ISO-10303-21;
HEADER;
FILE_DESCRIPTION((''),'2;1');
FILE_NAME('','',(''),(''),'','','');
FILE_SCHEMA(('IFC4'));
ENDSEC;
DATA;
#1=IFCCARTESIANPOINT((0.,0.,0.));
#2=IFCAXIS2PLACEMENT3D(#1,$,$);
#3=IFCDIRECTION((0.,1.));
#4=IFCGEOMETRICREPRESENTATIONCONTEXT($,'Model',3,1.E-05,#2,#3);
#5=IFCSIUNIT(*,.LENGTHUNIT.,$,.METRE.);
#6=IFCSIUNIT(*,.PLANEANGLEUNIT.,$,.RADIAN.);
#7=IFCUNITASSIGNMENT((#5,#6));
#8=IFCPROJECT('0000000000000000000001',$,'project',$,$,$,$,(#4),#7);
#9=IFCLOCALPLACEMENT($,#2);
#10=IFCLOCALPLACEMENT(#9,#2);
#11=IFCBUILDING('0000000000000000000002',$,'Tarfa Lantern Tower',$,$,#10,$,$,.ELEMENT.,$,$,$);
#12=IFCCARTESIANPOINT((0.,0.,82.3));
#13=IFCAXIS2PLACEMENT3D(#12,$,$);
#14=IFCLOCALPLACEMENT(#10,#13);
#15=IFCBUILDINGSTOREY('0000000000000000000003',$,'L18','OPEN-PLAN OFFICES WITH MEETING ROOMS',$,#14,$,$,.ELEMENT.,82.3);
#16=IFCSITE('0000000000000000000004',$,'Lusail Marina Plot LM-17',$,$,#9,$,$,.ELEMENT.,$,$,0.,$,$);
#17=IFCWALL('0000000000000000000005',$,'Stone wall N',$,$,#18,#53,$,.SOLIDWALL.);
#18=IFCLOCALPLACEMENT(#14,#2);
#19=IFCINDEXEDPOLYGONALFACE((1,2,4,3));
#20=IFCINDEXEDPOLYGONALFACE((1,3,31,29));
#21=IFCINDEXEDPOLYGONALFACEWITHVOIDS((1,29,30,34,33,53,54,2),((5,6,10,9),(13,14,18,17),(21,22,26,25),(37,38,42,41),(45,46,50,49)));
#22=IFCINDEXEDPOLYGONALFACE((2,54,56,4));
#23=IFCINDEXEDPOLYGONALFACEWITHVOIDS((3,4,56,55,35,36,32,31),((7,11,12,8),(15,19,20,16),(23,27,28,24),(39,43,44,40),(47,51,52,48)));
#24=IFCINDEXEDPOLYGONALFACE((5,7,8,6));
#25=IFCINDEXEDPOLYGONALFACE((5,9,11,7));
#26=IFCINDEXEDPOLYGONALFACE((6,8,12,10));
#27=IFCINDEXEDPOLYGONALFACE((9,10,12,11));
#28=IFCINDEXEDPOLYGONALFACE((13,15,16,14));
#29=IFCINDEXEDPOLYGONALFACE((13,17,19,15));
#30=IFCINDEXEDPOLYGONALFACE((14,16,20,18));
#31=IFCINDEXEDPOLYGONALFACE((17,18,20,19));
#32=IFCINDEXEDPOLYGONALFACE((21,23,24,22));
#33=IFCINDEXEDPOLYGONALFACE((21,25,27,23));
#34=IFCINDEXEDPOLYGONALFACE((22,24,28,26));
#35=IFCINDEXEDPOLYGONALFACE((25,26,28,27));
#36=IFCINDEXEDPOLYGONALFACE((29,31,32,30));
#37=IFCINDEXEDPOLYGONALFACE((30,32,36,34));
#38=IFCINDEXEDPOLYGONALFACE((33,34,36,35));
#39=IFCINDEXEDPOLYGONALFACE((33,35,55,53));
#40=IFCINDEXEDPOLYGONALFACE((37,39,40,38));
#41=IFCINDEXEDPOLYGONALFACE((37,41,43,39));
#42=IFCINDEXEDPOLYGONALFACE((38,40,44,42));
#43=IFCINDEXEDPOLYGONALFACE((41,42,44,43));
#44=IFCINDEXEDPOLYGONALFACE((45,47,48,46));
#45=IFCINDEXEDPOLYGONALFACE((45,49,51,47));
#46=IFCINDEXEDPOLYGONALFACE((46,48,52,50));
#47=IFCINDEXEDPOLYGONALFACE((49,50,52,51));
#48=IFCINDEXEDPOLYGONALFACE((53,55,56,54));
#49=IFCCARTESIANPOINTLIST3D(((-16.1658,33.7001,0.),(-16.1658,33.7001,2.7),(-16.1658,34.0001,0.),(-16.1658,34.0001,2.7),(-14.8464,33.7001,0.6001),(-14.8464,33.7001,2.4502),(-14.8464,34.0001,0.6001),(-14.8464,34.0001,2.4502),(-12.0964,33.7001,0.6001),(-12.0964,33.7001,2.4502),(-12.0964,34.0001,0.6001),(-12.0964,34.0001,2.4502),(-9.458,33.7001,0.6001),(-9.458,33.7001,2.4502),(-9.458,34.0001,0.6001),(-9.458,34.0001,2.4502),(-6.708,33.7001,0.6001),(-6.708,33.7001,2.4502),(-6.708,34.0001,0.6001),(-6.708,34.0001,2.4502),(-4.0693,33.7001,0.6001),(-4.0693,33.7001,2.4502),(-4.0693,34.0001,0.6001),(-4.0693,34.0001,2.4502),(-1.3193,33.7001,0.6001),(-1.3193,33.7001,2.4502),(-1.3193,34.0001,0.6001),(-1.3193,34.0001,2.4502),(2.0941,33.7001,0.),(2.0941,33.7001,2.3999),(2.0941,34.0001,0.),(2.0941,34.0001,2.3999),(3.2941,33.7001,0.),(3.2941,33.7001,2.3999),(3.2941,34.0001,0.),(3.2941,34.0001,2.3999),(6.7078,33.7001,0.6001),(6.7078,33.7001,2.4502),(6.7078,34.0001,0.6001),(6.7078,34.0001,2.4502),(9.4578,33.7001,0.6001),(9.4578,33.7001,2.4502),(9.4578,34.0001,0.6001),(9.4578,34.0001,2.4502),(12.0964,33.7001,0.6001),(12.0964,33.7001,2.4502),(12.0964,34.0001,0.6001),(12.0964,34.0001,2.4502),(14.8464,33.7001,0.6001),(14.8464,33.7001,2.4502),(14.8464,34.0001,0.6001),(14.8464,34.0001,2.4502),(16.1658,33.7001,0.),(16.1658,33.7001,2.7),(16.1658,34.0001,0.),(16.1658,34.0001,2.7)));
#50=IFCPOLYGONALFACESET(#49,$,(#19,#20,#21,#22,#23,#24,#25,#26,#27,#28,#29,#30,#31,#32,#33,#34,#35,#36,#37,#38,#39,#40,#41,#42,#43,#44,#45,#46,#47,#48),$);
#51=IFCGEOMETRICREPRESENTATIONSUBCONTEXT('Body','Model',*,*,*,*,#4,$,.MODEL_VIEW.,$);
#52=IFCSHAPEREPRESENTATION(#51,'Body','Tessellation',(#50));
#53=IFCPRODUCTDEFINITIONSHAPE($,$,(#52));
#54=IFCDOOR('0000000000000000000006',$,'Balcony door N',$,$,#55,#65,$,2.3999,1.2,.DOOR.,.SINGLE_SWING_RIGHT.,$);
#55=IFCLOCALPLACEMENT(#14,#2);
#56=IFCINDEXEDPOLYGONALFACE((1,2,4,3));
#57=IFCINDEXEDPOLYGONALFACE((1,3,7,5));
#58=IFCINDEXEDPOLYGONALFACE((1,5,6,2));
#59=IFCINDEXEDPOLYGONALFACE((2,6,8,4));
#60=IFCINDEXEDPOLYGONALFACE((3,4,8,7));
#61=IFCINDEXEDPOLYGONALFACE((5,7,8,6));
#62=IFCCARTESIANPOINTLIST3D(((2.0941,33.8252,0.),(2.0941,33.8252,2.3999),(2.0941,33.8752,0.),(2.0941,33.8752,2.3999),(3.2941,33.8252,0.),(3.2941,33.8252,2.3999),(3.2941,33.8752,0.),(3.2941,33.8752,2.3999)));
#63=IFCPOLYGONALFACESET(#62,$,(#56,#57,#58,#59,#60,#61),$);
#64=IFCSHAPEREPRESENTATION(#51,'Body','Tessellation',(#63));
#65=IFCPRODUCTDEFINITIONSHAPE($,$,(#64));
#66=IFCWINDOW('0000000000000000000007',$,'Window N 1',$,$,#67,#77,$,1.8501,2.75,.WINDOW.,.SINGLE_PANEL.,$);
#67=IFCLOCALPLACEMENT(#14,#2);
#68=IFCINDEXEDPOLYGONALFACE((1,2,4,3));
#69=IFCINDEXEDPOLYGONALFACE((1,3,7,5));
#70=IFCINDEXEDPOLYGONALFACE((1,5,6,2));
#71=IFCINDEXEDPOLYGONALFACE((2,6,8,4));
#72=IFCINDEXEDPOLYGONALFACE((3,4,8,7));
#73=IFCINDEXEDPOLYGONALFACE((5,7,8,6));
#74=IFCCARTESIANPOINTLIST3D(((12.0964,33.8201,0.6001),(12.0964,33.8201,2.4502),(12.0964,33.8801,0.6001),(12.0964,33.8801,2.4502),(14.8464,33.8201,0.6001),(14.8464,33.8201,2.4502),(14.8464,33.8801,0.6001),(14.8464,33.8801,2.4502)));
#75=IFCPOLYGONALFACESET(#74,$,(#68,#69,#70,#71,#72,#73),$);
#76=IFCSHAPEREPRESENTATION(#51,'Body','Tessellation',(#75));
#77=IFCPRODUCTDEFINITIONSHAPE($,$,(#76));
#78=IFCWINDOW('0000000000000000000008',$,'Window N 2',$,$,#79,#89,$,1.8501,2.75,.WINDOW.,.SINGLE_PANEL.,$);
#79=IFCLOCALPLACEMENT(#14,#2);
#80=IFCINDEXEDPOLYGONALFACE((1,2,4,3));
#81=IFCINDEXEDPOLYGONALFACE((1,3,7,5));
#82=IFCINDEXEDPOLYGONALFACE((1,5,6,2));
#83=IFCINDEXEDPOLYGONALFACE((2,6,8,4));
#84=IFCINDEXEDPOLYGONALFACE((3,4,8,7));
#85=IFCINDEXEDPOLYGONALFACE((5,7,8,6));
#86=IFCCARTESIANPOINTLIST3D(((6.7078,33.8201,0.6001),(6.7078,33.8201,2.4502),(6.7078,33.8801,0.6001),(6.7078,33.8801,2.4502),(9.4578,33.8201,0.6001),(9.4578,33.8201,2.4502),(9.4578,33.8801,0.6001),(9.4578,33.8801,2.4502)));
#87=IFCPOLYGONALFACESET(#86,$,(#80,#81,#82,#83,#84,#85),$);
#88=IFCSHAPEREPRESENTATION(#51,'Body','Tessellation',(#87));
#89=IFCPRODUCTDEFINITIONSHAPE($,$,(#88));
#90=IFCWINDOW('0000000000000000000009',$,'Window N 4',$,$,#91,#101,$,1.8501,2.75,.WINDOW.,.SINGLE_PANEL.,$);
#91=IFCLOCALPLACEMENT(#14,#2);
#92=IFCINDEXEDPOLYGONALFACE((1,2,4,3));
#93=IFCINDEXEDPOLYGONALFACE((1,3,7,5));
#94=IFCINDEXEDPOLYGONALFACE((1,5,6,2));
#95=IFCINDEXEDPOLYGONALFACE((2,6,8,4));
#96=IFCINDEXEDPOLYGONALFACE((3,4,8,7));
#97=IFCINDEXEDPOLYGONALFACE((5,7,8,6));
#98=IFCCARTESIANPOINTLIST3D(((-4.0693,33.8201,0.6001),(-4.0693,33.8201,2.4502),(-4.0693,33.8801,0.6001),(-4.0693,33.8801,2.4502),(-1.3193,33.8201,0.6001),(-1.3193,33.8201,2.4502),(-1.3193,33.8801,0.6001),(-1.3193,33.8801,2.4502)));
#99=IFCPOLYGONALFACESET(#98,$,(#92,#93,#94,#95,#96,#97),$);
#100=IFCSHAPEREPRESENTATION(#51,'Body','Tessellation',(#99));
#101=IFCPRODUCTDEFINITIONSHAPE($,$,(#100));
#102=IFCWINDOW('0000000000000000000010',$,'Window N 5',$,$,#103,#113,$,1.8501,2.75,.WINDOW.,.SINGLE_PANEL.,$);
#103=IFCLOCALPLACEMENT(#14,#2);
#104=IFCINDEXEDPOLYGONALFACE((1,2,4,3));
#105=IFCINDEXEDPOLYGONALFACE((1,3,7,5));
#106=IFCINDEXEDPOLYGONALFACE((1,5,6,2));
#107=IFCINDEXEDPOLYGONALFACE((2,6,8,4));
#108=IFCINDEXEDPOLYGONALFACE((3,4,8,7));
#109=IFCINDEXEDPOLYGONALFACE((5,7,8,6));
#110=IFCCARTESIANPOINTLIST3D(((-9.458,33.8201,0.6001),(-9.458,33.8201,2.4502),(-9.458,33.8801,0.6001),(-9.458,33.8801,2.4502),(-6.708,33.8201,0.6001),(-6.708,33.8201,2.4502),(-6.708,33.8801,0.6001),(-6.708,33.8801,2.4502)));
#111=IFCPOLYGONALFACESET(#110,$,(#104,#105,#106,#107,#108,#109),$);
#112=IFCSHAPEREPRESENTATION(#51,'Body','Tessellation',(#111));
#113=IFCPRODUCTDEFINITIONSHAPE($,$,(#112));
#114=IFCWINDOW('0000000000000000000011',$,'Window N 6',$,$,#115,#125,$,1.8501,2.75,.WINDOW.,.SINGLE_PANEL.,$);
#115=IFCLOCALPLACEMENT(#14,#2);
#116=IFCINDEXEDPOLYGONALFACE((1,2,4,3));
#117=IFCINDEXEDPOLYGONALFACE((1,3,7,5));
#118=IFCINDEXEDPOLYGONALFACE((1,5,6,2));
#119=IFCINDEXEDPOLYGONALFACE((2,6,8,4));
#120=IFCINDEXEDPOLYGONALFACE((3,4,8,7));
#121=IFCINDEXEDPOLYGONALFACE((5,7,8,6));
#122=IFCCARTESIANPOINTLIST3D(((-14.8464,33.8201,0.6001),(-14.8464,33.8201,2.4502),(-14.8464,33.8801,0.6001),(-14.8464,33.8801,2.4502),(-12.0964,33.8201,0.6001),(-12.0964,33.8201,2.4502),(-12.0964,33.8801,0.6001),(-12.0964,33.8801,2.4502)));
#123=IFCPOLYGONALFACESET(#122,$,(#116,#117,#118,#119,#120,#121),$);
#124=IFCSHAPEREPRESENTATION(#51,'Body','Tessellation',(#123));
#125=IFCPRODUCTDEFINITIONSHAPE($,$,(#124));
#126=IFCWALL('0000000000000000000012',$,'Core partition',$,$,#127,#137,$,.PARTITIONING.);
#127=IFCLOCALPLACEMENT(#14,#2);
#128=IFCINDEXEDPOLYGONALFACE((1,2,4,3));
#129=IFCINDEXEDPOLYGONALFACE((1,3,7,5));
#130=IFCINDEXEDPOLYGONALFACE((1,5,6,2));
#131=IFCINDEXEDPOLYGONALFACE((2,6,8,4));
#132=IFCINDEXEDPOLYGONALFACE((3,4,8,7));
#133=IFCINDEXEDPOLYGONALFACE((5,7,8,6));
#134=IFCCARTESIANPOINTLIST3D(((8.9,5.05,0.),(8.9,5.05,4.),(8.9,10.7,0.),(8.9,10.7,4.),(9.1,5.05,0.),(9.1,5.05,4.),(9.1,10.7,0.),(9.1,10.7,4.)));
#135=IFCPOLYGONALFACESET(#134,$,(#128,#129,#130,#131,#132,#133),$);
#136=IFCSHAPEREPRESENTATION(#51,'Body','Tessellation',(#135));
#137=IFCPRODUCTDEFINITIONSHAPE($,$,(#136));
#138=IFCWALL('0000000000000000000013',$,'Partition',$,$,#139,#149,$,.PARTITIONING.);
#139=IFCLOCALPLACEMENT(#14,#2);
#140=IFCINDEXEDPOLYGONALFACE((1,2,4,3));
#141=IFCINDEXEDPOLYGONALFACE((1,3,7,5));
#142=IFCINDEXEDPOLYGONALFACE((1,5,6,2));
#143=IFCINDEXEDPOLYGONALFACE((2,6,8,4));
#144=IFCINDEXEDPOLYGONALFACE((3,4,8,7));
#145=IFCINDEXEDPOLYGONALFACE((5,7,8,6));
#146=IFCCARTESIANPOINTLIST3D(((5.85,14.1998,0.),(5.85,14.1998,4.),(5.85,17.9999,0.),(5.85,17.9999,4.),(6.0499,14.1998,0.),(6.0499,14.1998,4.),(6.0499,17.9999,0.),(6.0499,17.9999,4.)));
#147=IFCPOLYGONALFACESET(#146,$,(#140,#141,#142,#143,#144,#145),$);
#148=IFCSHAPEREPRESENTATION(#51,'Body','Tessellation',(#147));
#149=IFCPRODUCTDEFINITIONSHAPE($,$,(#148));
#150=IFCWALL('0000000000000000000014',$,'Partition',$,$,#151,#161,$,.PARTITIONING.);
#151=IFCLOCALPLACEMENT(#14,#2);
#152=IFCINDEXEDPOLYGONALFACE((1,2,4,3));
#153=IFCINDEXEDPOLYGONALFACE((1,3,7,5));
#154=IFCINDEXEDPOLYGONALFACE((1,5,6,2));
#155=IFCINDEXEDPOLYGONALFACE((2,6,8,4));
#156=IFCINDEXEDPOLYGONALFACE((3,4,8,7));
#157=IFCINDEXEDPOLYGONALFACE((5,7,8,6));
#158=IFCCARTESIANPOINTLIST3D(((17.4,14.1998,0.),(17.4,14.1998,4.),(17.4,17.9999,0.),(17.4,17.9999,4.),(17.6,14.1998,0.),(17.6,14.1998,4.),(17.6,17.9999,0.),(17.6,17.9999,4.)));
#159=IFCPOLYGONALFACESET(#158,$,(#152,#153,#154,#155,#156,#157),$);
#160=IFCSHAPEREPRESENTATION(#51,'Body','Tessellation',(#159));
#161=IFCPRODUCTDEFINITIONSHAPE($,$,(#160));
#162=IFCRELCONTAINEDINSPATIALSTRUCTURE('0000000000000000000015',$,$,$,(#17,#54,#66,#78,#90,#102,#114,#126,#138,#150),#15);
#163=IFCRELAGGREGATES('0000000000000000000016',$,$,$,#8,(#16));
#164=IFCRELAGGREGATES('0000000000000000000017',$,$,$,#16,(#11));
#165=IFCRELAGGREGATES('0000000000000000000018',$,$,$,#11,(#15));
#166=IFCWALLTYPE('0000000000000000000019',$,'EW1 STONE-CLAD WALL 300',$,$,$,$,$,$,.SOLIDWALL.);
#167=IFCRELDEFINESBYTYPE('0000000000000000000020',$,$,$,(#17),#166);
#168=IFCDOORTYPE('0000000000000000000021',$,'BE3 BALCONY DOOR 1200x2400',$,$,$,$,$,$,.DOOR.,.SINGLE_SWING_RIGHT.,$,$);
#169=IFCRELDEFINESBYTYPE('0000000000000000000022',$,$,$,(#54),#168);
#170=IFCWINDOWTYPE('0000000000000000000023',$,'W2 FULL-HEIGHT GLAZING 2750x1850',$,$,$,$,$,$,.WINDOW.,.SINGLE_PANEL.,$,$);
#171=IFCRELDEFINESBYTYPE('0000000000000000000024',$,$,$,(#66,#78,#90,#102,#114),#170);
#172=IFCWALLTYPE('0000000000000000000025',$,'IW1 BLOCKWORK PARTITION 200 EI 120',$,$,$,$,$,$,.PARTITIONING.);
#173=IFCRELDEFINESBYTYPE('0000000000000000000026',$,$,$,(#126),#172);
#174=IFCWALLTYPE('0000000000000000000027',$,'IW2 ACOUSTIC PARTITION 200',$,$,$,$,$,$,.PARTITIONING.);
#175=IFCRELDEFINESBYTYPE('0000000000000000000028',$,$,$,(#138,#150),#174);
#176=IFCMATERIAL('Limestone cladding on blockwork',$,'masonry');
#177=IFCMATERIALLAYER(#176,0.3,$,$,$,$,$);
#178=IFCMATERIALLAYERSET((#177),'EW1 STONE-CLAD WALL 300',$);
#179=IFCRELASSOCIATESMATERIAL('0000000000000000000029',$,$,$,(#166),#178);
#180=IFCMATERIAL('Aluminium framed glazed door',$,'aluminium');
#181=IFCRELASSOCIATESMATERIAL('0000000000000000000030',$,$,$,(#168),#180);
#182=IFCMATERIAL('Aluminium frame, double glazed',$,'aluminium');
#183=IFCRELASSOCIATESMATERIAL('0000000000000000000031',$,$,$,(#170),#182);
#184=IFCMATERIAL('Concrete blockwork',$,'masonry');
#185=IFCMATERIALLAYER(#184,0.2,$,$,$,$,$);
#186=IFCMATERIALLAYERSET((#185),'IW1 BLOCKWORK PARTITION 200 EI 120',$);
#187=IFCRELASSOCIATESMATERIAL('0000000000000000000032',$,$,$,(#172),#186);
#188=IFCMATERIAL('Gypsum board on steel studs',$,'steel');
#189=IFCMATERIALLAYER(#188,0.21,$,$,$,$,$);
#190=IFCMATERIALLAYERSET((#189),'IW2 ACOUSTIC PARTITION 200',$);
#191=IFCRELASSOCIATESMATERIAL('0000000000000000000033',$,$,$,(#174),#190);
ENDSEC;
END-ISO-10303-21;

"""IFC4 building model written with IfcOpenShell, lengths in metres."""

from ifc_helpers import new_model, si_unit, direction, frame, frame_2d, origin, place, context, subcontext, project, spatial, rectangle, extrude, material, layer, layer_set, type_object, element, fill, save


model = new_model("IFC4")

# Units and contexts
model_context = context("Model", 3, precision=1e-05, world=origin(), true_north=direction((0.0, 1.0)))
body_context = subcontext(model_context, "Body", "Model", "MODEL_VIEW")
ifc_project = project(units=[si_unit("LENGTHUNIT", "METRE"), si_unit("PLANEANGLEUNIT", "RADIAN")], contexts=[model_context])

# Site, building, storey
site_placement = place(None, origin())
site = spatial("IfcSite", under=ifc_project, at=site_placement, Name="Lusail Marina Plot LM-17", CompositionType="ELEMENT", RefElevation=0.0)
building_placement = place(site_placement, origin())
building = spatial("IfcBuilding", under=site, at=building_placement, Name="Tarfa Lantern Tower", CompositionType="ELEMENT")
storey_placement = place(building_placement, frame((0.0, 0.0, 82.3)))
storey = spatial("IfcBuildingStorey", under=building, at=storey_placement, Name="L18", Description="OPEN-PLAN OFFICES WITH MEETING ROOMS", CompositionType="ELEMENT", Elevation=82.3)

# Wall, openings, door, windows
ifc_material_1 = material(Name="Limestone cladding on blockwork", Category="masonry")
ifc_layer_1 = layer(ifc_material_1, 0.3)
ifc_layer_set_1 = layer_set([ifc_layer_1], Name="EW1 STONE-CLAD WALL 300")
wall_type_1 = type_object("IfcWallType", Name="EW1 STONE-CLAD WALL 300", PredefinedType="SOLIDWALL", material=ifc_layer_set_1)
wall_1_placement = place(storey_placement, frame((16.1658, 33.8501, 0.0), z_axis=(0.0, 0.0, 1.0), x_axis=(-1.0, 0.0, 0.0)))
wall_1 = element("IfcWall", 1, at=wall_1_placement, inside=storey, type_object=wall_type_1, Name="Stone wall N", PredefinedType="SOLIDWALL", context=body_context, shape_type="SweptSolid", body=[
    extrude(rectangle(XDim=32.3315, YDim=0.3, at=frame_2d((16.1658, 0.0))), origin(), (0.0, 0.0, 1.0), 2.7),
])
opening_1_placement = place(wall_1_placement, frame((1.3193, 0.0, 0.6001)))
opening_1 = element("IfcOpeningElement", 2, at=opening_1_placement, cuts=wall_1, PredefinedType="OPENING", context=body_context, shape_type="SweptSolid", body=[
    extrude(rectangle(XDim=2.75, YDim=1.8501, at=frame_2d((1.375, 0.925))), frame((0.0, 0.1599, 0.0), z_axis=(0.0, -1.0, 0.0), x_axis=(1.0, 0.0, 0.0)), (0.0, 0.0, 1.0), 0.3201),
])
opening_2_placement = place(wall_1_placement, frame((6.708, 0.0, 0.6001)))
opening_2 = element("IfcOpeningElement", 3, at=opening_2_placement, cuts=wall_1, PredefinedType="OPENING", context=body_context, shape_type="SweptSolid", body=[
    extrude(rectangle(XDim=2.75, YDim=1.8501, at=frame_2d((1.375, 0.925))), frame((0.0, 0.1599, 0.0), z_axis=(0.0, -1.0, 0.0), x_axis=(1.0, 0.0, 0.0)), (0.0, 0.0, 1.0), 0.3201),
])
opening_3_placement = place(wall_1_placement, frame((12.8716, 0.0, 0.0)))
opening_3 = element("IfcOpeningElement", 4, at=opening_3_placement, cuts=wall_1, PredefinedType="OPENING", context=body_context, shape_type="SweptSolid", body=[
    extrude(rectangle(XDim=1.2, YDim=2.3999, at=frame_2d((0.6001, 1.2))), frame((0.0, 0.1599, 0.0), z_axis=(0.0, -1.0, 0.0), x_axis=(1.0, 0.0, 0.0)), (0.0, 0.0, 1.0), 0.3201),
])
opening_4_placement = place(wall_1_placement, frame((17.4851, 0.0, 0.6001)))
opening_4 = element("IfcOpeningElement", 5, at=opening_4_placement, cuts=wall_1, PredefinedType="OPENING", context=body_context, shape_type="SweptSolid", body=[
    extrude(rectangle(XDim=2.75, YDim=1.8501, at=frame_2d((1.375, 0.925))), frame((0.0, 0.1599, 0.0), z_axis=(0.0, -1.0, 0.0), x_axis=(1.0, 0.0, 0.0)), (0.0, 0.0, 1.0), 0.3201),
])
opening_5_placement = place(wall_1_placement, frame((22.8738, 0.0, 0.6001)))
opening_5 = element("IfcOpeningElement", 6, at=opening_5_placement, cuts=wall_1, PredefinedType="OPENING", context=body_context, shape_type="SweptSolid", body=[
    extrude(rectangle(XDim=2.75, YDim=1.8501, at=frame_2d((1.375, 0.925))), frame((0.0, 0.1599, 0.0), z_axis=(0.0, -1.0, 0.0), x_axis=(1.0, 0.0, 0.0)), (0.0, 0.0, 1.0), 0.3201),
])
opening_6_placement = place(wall_1_placement, frame((28.2622, 0.0, 0.6001)))
opening_6 = element("IfcOpeningElement", 7, at=opening_6_placement, cuts=wall_1, PredefinedType="OPENING", context=body_context, shape_type="SweptSolid", body=[
    extrude(rectangle(XDim=2.75, YDim=1.8501, at=frame_2d((1.375, 0.925))), frame((0.0, 0.1599, 0.0), z_axis=(0.0, -1.0, 0.0), x_axis=(1.0, 0.0, 0.0)), (0.0, 0.0, 1.0), 0.3201),
])
ifc_material_2 = material(Name="Aluminium framed glazed door", Category="aluminium")
door_type_1 = type_object("IfcDoorType", Name="BE3 BALCONY DOOR 1200x2400", OperationType="SINGLE_SWING_RIGHT", PredefinedType="DOOR", material=ifc_material_2)
door_1_placement = place(opening_3_placement, origin())
door_1 = element("IfcDoor", 8, at=door_1_placement, inside=storey, type_object=door_type_1, Name="Balcony door N", OperationType="SINGLE_SWING_RIGHT", OverallHeight=2.3999, OverallWidth=1.2, PredefinedType="DOOR", context=body_context, shape_type="SweptSolid", body=[
    extrude(rectangle(XDim=1.2, YDim=2.3999, at=frame_2d((0.6001, 1.2))), frame((0.0, 0.0249, 0.0), z_axis=(0.0, -1.0, 0.0), x_axis=(1.0, 0.0, 0.0)), (0.0, 0.0, 1.0), 0.05),
])
fill(opening_3, door_1)
ifc_material_3 = material(Name="Aluminium frame, double glazed", Category="aluminium")
window_type = type_object("IfcWindowType", Name="W2 FULL-HEIGHT GLAZING 2750x1850", PartitioningType="SINGLE_PANEL", PredefinedType="WINDOW", material=ifc_material_3)
window_1_placement = place(opening_1_placement, origin())
window_1 = element("IfcWindow", 9, at=window_1_placement, inside=storey, type_object=window_type, Name="Window N 1", OverallHeight=1.8501, OverallWidth=2.75, PartitioningType="SINGLE_PANEL", PredefinedType="WINDOW", context=body_context, shape_type="SweptSolid", body=[
    extrude(rectangle(XDim=2.75, YDim=1.8501, at=frame_2d((1.375, 0.925))), frame((0.0, 0.03, 0.0), z_axis=(0.0, -1.0, 0.0), x_axis=(1.0, 0.0, 0.0)), (0.0, 0.0, 1.0), 0.0601),
])
fill(opening_1, window_1)
window_2_placement = place(opening_2_placement, origin())
window_2 = element("IfcWindow", 10, at=window_2_placement, inside=storey, type_object=window_type, Name="Window N 2", OverallHeight=1.8501, OverallWidth=2.75, PartitioningType="SINGLE_PANEL", PredefinedType="WINDOW", context=body_context, shape_type="SweptSolid", body=[
    extrude(rectangle(XDim=2.75, YDim=1.8501, at=frame_2d((1.375, 0.925))), frame((0.0, 0.03, 0.0), z_axis=(0.0, -1.0, 0.0), x_axis=(1.0, 0.0, 0.0)), (0.0, 0.0, 1.0), 0.0601),
])
fill(opening_2, window_2)
window_3_placement = place(opening_4_placement, origin())
window_3 = element("IfcWindow", 11, at=window_3_placement, inside=storey, type_object=window_type, Name="Window N 4", OverallHeight=1.8501, OverallWidth=2.75, PartitioningType="SINGLE_PANEL", PredefinedType="WINDOW", context=body_context, shape_type="SweptSolid", body=[
    extrude(rectangle(XDim=2.75, YDim=1.8501, at=frame_2d((1.375, 0.925))), frame((0.0, 0.03, 0.0), z_axis=(0.0, -1.0, 0.0), x_axis=(1.0, 0.0, 0.0)), (0.0, 0.0, 1.0), 0.0601),
])
fill(opening_4, window_3)
window_4_placement = place(opening_5_placement, origin())
window_4 = element("IfcWindow", 12, at=window_4_placement, inside=storey, type_object=window_type, Name="Window N 5", OverallHeight=1.8501, OverallWidth=2.75, PartitioningType="SINGLE_PANEL", PredefinedType="WINDOW", context=body_context, shape_type="SweptSolid", body=[
    extrude(rectangle(XDim=2.75, YDim=1.8501, at=frame_2d((1.375, 0.925))), frame((0.0, 0.03, 0.0), z_axis=(0.0, -1.0, 0.0), x_axis=(1.0, 0.0, 0.0)), (0.0, 0.0, 1.0), 0.0601),
])
fill(opening_5, window_4)
window_5_placement = place(opening_6_placement, origin())
window_5 = element("IfcWindow", 13, at=window_5_placement, inside=storey, type_object=window_type, Name="Window N 6", OverallHeight=1.8501, OverallWidth=2.75, PartitioningType="SINGLE_PANEL", PredefinedType="WINDOW", context=body_context, shape_type="SweptSolid", body=[
    extrude(rectangle(XDim=2.75, YDim=1.8501, at=frame_2d((1.375, 0.925))), frame((0.0, 0.03, 0.0), z_axis=(0.0, -1.0, 0.0), x_axis=(1.0, 0.0, 0.0)), (0.0, 0.0, 1.0), 0.0601),
])
fill(opening_6, window_5)

# Walls
ifc_material_4 = material(Name="Concrete blockwork", Category="masonry")
ifc_layer_2 = layer(ifc_material_4, 0.2)
ifc_layer_set_2 = layer_set([ifc_layer_2], Name="IW1 BLOCKWORK PARTITION 200 EI 120")
wall_type_2 = type_object("IfcWallType", Name="IW1 BLOCKWORK PARTITION 200 EI 120", PredefinedType="PARTITIONING", material=ifc_layer_set_2)
wall_2_placement = place(storey_placement, frame((9.0, 5.05, 0.0), z_axis=(0.0, 0.0, 1.0), x_axis=(0.0, 1.0, 0.0)))
element("IfcWall", 14, at=wall_2_placement, inside=storey, type_object=wall_type_2, Name="Core partition", PredefinedType="PARTITIONING", context=body_context, shape_type="SweptSolid", body=[
    extrude(rectangle(XDim=5.6499, YDim=0.2, at=frame_2d((2.825, 0.0))), origin(), (0.0, 0.0, 1.0), 4.0),
])
ifc_material_5 = material(Name="Gypsum board on steel studs", Category="steel")
ifc_layer_3 = layer(ifc_material_5, 0.21)
ifc_layer_set_3 = layer_set([ifc_layer_3], Name="IW2 ACOUSTIC PARTITION 200")
wall_type_3 = type_object("IfcWallType", Name="IW2 ACOUSTIC PARTITION 200", PredefinedType="PARTITIONING", material=ifc_layer_set_3)
for number, where, z_axis, x_axis, name in (
    (15, (5.95, 14.2, 0.0), (0.0, 0.0, 1.0), (0.0, 1.0, 0.0), "Partition"),
    (16, (17.5, 14.2, 0.0), (0.0, 0.0, 1.0), (0.0, 1.0, 0.0), "Partition"),
):
    element("IfcWall", number, at=place(storey_placement, frame(where, z_axis=z_axis, x_axis=x_axis)), inside=storey, type_object=wall_type_3, Name=name, PredefinedType="PARTITIONING", context=body_context, shape_type="SweptSolid", body=[
        extrude(rectangle(XDim=3.8, YDim=0.2, at=frame_2d((1.8999, 0.0))), origin(), (0.0, 0.0, 1.0), 4.0),
    ])

save(model, "model.ifc")
